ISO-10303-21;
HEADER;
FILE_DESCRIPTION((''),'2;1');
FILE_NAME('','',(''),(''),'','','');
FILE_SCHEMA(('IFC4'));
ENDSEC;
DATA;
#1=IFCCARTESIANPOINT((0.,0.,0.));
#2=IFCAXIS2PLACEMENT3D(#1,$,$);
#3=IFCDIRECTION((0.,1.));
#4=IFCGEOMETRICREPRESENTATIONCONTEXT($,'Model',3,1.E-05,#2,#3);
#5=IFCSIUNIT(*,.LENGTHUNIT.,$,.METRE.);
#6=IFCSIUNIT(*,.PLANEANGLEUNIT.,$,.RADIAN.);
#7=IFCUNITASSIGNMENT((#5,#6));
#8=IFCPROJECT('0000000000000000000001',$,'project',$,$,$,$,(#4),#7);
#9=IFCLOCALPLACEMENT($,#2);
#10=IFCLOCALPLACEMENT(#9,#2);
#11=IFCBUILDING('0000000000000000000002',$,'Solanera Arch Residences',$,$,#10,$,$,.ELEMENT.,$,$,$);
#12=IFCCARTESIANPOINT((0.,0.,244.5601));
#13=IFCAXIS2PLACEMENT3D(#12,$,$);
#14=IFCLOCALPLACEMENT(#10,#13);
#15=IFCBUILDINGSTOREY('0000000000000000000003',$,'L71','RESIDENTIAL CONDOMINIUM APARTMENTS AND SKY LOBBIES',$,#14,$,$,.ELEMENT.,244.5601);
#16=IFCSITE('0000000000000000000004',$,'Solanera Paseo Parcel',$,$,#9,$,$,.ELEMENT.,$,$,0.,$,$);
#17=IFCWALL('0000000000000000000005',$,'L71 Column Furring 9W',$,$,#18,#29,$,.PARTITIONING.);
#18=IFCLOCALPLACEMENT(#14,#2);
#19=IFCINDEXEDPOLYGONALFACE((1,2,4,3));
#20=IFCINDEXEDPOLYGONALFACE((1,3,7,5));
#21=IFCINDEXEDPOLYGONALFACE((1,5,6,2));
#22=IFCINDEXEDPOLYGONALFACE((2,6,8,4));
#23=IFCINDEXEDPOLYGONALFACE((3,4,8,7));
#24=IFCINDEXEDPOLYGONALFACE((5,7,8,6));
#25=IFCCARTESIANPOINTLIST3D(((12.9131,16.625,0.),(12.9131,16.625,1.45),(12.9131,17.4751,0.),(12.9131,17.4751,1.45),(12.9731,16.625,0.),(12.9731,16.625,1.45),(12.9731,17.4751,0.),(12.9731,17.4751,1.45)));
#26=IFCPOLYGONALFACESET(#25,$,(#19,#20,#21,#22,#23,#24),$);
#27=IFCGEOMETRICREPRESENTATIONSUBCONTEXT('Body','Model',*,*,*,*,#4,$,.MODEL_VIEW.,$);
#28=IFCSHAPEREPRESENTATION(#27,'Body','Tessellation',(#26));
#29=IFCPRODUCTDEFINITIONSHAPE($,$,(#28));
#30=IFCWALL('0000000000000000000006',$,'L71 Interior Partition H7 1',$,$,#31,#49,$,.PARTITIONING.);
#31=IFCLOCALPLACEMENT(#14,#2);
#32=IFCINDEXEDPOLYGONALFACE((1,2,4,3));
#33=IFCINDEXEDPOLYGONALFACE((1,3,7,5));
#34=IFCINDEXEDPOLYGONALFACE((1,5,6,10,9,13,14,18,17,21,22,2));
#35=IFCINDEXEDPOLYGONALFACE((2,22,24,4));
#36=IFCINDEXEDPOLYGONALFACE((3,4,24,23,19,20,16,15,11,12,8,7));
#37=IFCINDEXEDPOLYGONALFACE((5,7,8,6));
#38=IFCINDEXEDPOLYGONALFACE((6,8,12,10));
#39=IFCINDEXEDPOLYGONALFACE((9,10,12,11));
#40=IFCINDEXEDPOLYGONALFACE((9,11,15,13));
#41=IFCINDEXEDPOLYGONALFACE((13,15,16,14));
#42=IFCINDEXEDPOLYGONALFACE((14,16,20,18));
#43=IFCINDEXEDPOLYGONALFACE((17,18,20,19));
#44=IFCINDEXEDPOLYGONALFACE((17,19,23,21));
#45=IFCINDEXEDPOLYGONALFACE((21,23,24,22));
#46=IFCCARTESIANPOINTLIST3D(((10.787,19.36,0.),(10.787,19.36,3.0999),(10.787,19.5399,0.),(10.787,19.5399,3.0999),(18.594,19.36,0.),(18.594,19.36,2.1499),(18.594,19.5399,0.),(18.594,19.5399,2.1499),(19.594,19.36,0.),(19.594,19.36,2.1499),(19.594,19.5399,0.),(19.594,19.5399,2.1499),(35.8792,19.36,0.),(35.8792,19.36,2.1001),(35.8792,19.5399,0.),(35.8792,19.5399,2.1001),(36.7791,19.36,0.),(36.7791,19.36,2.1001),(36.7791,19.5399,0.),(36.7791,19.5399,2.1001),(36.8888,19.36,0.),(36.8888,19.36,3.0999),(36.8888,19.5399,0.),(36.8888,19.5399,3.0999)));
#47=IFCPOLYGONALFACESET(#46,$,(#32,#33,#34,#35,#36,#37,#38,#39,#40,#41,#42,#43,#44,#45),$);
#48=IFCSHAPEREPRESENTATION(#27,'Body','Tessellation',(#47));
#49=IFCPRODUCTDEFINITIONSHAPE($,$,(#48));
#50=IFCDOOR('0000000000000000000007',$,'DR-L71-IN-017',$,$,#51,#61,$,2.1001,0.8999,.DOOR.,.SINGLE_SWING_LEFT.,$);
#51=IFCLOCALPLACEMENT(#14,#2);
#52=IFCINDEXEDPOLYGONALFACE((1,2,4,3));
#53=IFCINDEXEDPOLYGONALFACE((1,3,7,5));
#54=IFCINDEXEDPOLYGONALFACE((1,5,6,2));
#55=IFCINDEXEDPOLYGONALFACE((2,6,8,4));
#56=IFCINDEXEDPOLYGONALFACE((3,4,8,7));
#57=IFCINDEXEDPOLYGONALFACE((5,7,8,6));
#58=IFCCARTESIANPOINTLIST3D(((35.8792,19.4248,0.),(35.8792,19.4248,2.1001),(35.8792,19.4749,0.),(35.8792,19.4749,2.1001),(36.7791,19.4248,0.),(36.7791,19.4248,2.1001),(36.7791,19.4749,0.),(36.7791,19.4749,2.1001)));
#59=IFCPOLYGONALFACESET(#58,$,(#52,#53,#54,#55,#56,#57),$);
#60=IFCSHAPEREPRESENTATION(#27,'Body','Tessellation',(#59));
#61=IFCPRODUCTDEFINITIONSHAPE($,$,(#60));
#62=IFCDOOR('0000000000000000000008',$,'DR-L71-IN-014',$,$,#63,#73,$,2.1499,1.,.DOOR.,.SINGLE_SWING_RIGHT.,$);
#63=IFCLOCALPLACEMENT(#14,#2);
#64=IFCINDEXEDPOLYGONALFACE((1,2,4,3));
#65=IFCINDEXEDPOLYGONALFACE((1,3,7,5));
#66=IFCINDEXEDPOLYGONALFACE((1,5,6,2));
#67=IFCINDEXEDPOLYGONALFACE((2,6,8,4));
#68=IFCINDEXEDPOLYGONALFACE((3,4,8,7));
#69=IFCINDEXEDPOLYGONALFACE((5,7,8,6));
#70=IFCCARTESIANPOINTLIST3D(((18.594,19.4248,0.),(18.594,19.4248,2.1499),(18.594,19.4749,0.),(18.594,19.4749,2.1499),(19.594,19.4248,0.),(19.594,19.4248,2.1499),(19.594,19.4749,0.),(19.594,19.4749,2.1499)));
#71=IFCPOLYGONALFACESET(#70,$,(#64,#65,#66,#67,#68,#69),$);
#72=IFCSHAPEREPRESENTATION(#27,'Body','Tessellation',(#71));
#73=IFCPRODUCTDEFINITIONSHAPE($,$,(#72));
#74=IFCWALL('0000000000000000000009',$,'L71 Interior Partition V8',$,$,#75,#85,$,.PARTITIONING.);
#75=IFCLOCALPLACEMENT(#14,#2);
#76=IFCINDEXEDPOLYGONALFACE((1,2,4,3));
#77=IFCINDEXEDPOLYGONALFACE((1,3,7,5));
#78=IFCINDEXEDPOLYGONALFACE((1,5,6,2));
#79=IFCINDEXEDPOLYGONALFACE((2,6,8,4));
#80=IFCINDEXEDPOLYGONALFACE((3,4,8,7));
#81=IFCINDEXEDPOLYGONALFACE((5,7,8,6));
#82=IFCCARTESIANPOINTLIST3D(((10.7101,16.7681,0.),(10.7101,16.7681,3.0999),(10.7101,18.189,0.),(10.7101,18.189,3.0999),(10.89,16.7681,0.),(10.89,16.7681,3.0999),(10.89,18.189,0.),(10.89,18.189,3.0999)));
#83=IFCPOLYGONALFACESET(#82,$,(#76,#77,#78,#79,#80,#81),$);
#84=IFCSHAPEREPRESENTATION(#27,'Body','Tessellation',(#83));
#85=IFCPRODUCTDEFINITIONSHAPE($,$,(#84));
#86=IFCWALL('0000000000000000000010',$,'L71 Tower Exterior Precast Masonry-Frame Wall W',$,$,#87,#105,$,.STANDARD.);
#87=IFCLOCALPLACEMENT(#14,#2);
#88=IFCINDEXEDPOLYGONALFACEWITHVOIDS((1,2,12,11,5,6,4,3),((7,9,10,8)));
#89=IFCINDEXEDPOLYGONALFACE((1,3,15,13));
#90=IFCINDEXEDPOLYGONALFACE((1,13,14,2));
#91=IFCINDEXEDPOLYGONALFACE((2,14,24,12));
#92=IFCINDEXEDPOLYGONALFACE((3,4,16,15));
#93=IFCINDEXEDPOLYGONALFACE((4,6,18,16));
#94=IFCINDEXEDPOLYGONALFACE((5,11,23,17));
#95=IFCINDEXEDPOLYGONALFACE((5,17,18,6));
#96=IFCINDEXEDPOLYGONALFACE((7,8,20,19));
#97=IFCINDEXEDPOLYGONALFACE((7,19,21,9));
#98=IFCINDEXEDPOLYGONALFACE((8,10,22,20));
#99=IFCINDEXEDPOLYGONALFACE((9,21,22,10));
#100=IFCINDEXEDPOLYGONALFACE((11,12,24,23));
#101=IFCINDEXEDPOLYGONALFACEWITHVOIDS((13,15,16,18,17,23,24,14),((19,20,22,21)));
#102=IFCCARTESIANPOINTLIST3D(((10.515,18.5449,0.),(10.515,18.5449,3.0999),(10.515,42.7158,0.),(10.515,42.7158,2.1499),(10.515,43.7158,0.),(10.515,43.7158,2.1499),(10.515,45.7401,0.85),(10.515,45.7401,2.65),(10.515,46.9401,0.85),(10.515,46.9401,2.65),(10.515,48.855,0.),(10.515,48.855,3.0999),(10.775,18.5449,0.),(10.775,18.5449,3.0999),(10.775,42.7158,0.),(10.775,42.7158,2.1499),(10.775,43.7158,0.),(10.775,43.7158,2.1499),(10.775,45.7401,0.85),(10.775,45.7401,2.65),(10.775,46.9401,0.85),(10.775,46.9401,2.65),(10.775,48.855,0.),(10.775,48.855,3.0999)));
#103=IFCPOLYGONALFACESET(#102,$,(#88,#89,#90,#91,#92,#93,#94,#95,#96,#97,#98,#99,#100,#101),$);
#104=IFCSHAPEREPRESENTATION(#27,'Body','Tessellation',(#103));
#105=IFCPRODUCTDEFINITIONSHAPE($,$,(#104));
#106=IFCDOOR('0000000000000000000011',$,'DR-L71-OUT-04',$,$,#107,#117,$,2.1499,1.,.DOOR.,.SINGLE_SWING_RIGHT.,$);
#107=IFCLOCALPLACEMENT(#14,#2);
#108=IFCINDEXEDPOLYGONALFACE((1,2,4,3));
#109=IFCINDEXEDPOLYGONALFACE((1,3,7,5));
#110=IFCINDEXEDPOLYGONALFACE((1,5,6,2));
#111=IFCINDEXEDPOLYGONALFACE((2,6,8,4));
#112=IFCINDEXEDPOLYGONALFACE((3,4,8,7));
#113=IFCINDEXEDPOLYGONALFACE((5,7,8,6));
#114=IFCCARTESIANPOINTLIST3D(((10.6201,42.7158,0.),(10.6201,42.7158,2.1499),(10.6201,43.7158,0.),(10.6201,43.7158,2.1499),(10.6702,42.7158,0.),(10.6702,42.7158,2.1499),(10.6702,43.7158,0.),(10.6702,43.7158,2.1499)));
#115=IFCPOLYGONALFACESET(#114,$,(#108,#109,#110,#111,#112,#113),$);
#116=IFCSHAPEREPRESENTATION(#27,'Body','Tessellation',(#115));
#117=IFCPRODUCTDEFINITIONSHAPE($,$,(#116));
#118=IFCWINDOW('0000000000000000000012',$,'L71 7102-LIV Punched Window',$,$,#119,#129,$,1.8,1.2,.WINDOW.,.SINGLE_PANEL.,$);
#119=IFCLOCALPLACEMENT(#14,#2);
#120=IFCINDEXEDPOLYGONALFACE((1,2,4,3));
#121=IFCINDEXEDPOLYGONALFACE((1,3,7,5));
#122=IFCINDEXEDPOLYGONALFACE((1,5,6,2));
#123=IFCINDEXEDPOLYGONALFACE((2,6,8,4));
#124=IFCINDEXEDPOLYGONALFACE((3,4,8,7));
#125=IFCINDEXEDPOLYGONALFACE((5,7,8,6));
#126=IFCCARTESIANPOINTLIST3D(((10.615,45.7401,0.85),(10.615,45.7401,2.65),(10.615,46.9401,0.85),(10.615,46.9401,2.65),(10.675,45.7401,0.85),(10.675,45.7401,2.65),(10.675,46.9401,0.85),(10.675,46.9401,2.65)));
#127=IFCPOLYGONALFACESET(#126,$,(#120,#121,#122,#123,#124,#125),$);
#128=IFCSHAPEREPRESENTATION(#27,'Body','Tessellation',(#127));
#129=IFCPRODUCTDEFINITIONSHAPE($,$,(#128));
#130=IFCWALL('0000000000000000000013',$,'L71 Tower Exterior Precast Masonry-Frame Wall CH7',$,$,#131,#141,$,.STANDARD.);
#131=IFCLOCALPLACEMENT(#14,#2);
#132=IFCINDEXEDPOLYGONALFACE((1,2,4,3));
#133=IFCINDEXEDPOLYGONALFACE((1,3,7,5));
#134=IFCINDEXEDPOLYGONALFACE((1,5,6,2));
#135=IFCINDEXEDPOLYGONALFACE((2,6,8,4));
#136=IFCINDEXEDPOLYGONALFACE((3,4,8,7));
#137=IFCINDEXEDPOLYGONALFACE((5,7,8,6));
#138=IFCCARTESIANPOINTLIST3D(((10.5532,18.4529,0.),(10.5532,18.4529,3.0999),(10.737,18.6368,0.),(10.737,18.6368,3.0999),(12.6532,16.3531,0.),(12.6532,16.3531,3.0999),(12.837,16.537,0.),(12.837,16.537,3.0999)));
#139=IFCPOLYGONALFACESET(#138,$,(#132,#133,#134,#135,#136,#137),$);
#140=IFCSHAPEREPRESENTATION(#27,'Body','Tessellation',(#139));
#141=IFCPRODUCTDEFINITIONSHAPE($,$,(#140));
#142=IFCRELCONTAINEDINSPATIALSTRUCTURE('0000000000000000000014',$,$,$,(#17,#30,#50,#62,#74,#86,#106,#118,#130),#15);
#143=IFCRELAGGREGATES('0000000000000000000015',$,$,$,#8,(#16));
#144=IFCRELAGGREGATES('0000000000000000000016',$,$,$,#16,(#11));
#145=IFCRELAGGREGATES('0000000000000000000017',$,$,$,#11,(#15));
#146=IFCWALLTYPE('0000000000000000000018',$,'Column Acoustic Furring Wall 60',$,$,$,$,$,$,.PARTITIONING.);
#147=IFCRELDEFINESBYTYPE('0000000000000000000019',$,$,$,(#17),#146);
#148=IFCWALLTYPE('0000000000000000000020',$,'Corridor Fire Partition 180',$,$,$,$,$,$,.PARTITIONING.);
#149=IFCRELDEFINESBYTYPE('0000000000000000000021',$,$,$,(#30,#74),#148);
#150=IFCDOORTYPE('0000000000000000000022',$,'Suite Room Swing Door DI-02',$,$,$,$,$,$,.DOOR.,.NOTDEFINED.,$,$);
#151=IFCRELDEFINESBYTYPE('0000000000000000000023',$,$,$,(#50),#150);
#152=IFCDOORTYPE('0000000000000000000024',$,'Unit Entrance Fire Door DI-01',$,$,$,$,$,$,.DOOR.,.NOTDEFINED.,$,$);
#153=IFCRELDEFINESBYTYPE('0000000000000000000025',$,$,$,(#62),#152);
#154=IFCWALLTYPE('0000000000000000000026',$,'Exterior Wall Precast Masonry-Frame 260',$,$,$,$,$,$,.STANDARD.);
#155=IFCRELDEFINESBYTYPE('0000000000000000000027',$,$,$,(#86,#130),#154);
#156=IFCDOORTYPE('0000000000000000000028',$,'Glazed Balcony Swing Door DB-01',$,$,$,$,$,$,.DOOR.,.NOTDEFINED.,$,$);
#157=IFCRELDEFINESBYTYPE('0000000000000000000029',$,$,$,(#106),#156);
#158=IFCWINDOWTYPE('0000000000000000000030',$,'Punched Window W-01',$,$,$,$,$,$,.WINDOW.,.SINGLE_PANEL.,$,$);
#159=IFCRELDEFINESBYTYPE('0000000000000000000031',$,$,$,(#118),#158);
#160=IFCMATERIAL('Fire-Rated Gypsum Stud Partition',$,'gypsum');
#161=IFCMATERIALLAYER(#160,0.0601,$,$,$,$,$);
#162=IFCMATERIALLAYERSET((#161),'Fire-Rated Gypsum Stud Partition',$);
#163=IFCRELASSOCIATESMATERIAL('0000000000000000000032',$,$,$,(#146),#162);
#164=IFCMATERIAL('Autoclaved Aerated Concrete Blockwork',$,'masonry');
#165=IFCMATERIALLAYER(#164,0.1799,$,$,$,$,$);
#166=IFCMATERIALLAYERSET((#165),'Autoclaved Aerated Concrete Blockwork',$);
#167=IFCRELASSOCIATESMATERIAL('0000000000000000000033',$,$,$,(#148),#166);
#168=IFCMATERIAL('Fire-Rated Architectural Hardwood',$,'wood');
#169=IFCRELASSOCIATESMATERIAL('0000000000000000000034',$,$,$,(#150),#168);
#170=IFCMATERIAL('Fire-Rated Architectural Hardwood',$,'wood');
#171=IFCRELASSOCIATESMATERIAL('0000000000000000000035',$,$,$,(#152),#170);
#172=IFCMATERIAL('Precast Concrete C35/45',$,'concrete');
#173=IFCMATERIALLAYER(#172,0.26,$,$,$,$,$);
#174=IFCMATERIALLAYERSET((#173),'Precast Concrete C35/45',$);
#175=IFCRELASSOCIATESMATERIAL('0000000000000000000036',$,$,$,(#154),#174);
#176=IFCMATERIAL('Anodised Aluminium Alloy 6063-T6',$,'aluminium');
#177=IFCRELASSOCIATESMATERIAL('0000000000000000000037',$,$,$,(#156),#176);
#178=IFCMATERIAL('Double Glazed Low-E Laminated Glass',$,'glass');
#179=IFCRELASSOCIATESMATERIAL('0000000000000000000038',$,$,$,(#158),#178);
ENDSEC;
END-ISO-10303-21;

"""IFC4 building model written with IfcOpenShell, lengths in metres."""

from ifc_helpers import new_model, si_unit, direction, frame, frame_2d, origin, place, context, subcontext, project, spatial, rectangle, extrude, material, layer, layer_set, type_object, element, fill, save


model = new_model("IFC4")

# Units and contexts
model_context = context("Model", 3, precision=1e-05, world=origin(), true_north=direction((0.0, 1.0)))
body_context = subcontext(model_context, "Body", "Model", "MODEL_VIEW")
ifc_project = project(units=[si_unit("LENGTHUNIT", "METRE"), si_unit("PLANEANGLEUNIT", "RADIAN")], contexts=[model_context])

# Site, building, storey
site_placement = place(None, origin())
site = spatial("IfcSite", under=ifc_project, at=site_placement, Name="Solanera Paseo Parcel", CompositionType="ELEMENT", RefElevation=0.0)
building_placement = place(site_placement, origin())
building = spatial("IfcBuilding", under=site, at=building_placement, Name="Solanera Arch Residences", CompositionType="ELEMENT")
storey_placement = place(building_placement, frame((0.0, 0.0, 244.5601)))
storey = spatial("IfcBuildingStorey", under=building, at=storey_placement, Name="L71", Description="RESIDENTIAL CONDOMINIUM APARTMENTS AND SKY LOBBIES", CompositionType="ELEMENT", Elevation=244.5601)

# Wall
ifc_material_1 = material(Name="Fire-Rated Gypsum Stud Partition", Category="gypsum")
ifc_layer_1 = layer(ifc_material_1, 0.0601)
ifc_layer_set_1 = layer_set([ifc_layer_1], Name="Fire-Rated Gypsum Stud Partition")
wall_type_1 = type_object("IfcWallType", Name="Column Acoustic Furring Wall 60", PredefinedType="PARTITIONING", material=ifc_layer_set_1)
wall_1_placement = place(storey_placement, frame((12.9431, 16.625, 0.0), z_axis=(0.0, 0.0, 1.0), x_axis=(0.0, 1.0, 0.0)))
element("IfcWall", 1, at=wall_1_placement, inside=storey, type_object=wall_type_1, Name="L71 Column Furring 9W", PredefinedType="PARTITIONING", context=body_context, shape_type="SweptSolid", body=[
    extrude(rectangle(XDim=0.8501, YDim=0.0601, at=frame_2d((0.425, 0.0))), origin(), (0.0, 0.0, 1.0), 1.45),
])

# Wall, openings, doors
ifc_material_2 = material(Name="Autoclaved Aerated Concrete Blockwork", Category="masonry")
ifc_layer_2 = layer(ifc_material_2, 0.1799)
ifc_layer_set_2 = layer_set([ifc_layer_2], Name="Autoclaved Aerated Concrete Blockwork")
wall_type_2 = type_object("IfcWallType", Name="Corridor Fire Partition 180", PredefinedType="PARTITIONING", material=ifc_layer_set_2)
wall_2_placement = place(storey_placement, frame((10.7871, 19.45, 0.0), z_axis=(0.0, 0.0, 1.0), x_axis=(1.0, 0.0, 0.0)))
wall_2 = element("IfcWall", 2, at=wall_2_placement, inside=storey, type_object=wall_type_2, Name="L71 Interior Partition H7 1", PredefinedType="PARTITIONING", context=body_context, shape_type="SweptSolid", body=[
    extrude(rectangle(XDim=26.1018, YDim=0.1799, at=frame_2d((13.0508, 0.0))), origin(), (0.0, 0.0, 1.0), 3.0999),
])
opening_1_placement = place(wall_2_placement, frame((7.8069, 0.0, 0.0)))
opening_1 = element("IfcOpeningElement", 3, at=opening_1_placement, cuts=wall_2, PredefinedType="OPENING", context=body_context, shape_type="SweptSolid", body=[
    extrude(rectangle(XDim=1.0, YDim=2.1499, at=frame_2d((0.5, 1.075))), frame((0.0, 0.1001, 0.0), z_axis=(0.0, -1.0, 0.0), x_axis=(1.0, 0.0, 0.0)), (0.0, 0.0, 1.0), 0.1999),
])
opening_2_placement = place(wall_2_placement, frame((25.092, 0.0, 0.0)))
opening_2 = element("IfcOpeningElement", 4, at=opening_2_placement, cuts=wall_2, PredefinedType="OPENING", context=body_context, shape_type="SweptSolid", body=[
    extrude(rectangle(XDim=0.8999, YDim=2.1001, at=frame_2d((0.45, 1.05))), frame((0.0, 0.1001, 0.0), z_axis=(0.0, -1.0, 0.0), x_axis=(1.0, 0.0, 0.0)), (0.0, 0.0, 1.0), 0.1999),
])
ifc_material_3 = material(Name="Fire-Rated Architectural Hardwood", Category="wood")
door_type_1 = type_object("IfcDoorType", Name="Suite Room Swing Door DI-02", OperationType="NOTDEFINED", PredefinedType="DOOR", material=ifc_material_3)
door_1_placement = place(opening_2_placement, origin())
door_1 = element("IfcDoor", 5, at=door_1_placement, inside=storey, type_object=door_type_1, Name="DR-L71-IN-017", OperationType="SINGLE_SWING_LEFT", OverallHeight=2.1001, OverallWidth=0.8999, PredefinedType="DOOR", context=body_context, shape_type="SweptSolid", body=[
    extrude(rectangle(XDim=0.8999, YDim=2.1001, at=frame_2d((0.45, 1.05))), frame((0.0, 0.0249, 0.0), z_axis=(0.0, -1.0, 0.0), x_axis=(1.0, 0.0, 0.0)), (0.0, 0.0, 1.0), 0.05),
])
fill(opening_2, door_1)
ifc_material_4 = material(Name="Fire-Rated Architectural Hardwood", Category="wood")
door_type_2 = type_object("IfcDoorType", Name="Unit Entrance Fire Door DI-01", OperationType="NOTDEFINED", PredefinedType="DOOR", material=ifc_material_4)
door_2_placement = place(opening_1_placement, origin())
door_2 = element("IfcDoor", 6, at=door_2_placement, inside=storey, type_object=door_type_2, Name="DR-L71-IN-014", OperationType="SINGLE_SWING_RIGHT", OverallHeight=2.1499, OverallWidth=1.0, PredefinedType="DOOR", context=body_context, shape_type="SweptSolid", body=[
    extrude(rectangle(XDim=1.0, YDim=2.1499, at=frame_2d((0.5, 1.075))), frame((0.0, 0.0249, 0.0), z_axis=(0.0, -1.0, 0.0), x_axis=(1.0, 0.0, 0.0)), (0.0, 0.0, 1.0), 0.05),
])
fill(opening_1, door_2)

# Wall
wall_3_placement = place(storey_placement, frame((10.8, 16.7681, 0.0), z_axis=(0.0, 0.0, 1.0), x_axis=(0.0, 1.0, 0.0)))
element("IfcWall", 7, at=wall_3_placement, inside=storey, type_object=wall_type_2, Name="L71 Interior Partition V8", PredefinedType="PARTITIONING", context=body_context, shape_type="SweptSolid", body=[
    extrude(rectangle(XDim=1.4209, YDim=0.1799, at=frame_2d((0.7104, 0.0))), origin(), (0.0, 0.0, 1.0), 3.0999),
])

# Wall, openings, door, window
ifc_material_5 = material(Name="Precast Concrete C35/45", Category="concrete")
ifc_layer_3 = layer(ifc_material_5, 0.26)
ifc_layer_set_3 = layer_set([ifc_layer_3], Name="Precast Concrete C35/45")
wall_type_3 = type_object("IfcWallType", Name="Exterior Wall Precast Masonry-Frame 260", PredefinedType="STANDARD", material=ifc_layer_set_3)
wall_4_placement = place(storey_placement, frame((10.645, 18.5449, 0.0), z_axis=(0.0, 0.0, 1.0), x_axis=(0.0, 1.0, 0.0)))
wall_4 = element("IfcWall", 8, at=wall_4_placement, inside=storey, type_object=wall_type_3, Name="L71 Tower Exterior Precast Masonry-Frame Wall W", PredefinedType="STANDARD", context=body_context, shape_type="SweptSolid", body=[
    extrude(rectangle(XDim=30.3101, YDim=0.26, at=frame_2d((15.155, 0.0))), origin(), (0.0, 0.0, 1.0), 3.0999),
])
opening_3_placement = place(wall_4_placement, frame((24.1709, 0.0, 0.0)))
opening_3 = element("IfcOpeningElement", 9, at=opening_3_placement, cuts=wall_4, PredefinedType="OPENING", context=body_context, shape_type="SweptSolid", body=[
    extrude(rectangle(XDim=1.0, YDim=2.1499, at=frame_2d((0.5, 1.075))), frame((0.0, 0.1399, 0.0), z_axis=(0.0, -1.0, 0.0), x_axis=(1.0, 0.0, 0.0)), (0.0, 0.0, 1.0), 0.28),
])
opening_4_placement = place(wall_4_placement, frame((27.1951, 0.0, 0.8501)))
opening_4 = element("IfcOpeningElement", 10, at=opening_4_placement, cuts=wall_4, PredefinedType="OPENING", context=body_context, shape_type="SweptSolid", body=[
    extrude(rectangle(XDim=1.2, YDim=1.8, at=frame_2d((0.6001, 0.8999))), frame((0.0, 0.1399, 0.0), z_axis=(0.0, -1.0, 0.0), x_axis=(1.0, 0.0, 0.0)), (0.0, 0.0, 1.0), 0.28),
])
ifc_material_6 = material(Name="Anodised Aluminium Alloy 6063-T6", Category="aluminium")
door_type_3 = type_object("IfcDoorType", Name="Glazed Balcony Swing Door DB-01", OperationType="NOTDEFINED", PredefinedType="DOOR", material=ifc_material_6)
door_3_placement = place(opening_3_placement, origin())
door_3 = element("IfcDoor", 11, at=door_3_placement, inside=storey, type_object=door_type_3, Name="DR-L71-OUT-04", OperationType="SINGLE_SWING_RIGHT", OverallHeight=2.1499, OverallWidth=1.0, PredefinedType="DOOR", context=body_context, shape_type="SweptSolid", body=[
    extrude(rectangle(XDim=1.0, YDim=2.1499, at=frame_2d((0.5, 1.075))), frame((0.0, 0.0249, 0.0), z_axis=(0.0, -1.0, 0.0), x_axis=(1.0, 0.0, 0.0)), (0.0, 0.0, 1.0), 0.05),
])
fill(opening_3, door_3)
ifc_material_7 = material(Name="Double Glazed Low-E Laminated Glass", Category="glass")
window_type = type_object("IfcWindowType", Name="Punched Window W-01", PartitioningType="SINGLE_PANEL", PredefinedType="WINDOW", material=ifc_material_7)
window_placement = place(opening_4_placement, origin())
window = element("IfcWindow", 12, at=window_placement, inside=storey, type_object=window_type, Name="L71 7102-LIV Punched Window", OverallHeight=1.8, OverallWidth=1.2, PartitioningType="SINGLE_PANEL", PredefinedType="WINDOW", context=body_context, shape_type="SweptSolid", body=[
    extrude(rectangle(XDim=1.2, YDim=1.8, at=frame_2d((0.6001, 0.8999))), frame((0.0, 0.03, 0.0), z_axis=(0.0, -1.0, 0.0), x_axis=(1.0, 0.0, 0.0)), (0.0, 0.0, 1.0), 0.0601),
])
fill(opening_4, window)

# Wall
wall_5_placement = place(storey_placement, frame((12.7451, 16.4451, 0.0), z_axis=(0.0, 0.0, 1.0), x_axis=(-0.707148, 0.707066, 0.0)))
element("IfcWall", 13, at=wall_5_placement, inside=storey, type_object=wall_type_3, Name="L71 Tower Exterior Precast Masonry-Frame Wall CH7", PredefinedType="STANDARD", context=body_context, shape_type="SweptSolid", body=[
    extrude(rectangle(XDim=2.9697, YDim=0.26, at=frame_2d((1.4849, 0.0))), origin(), (0.0, 0.0, 1.0), 3.0999),
])

save(model, "model.ifc")
